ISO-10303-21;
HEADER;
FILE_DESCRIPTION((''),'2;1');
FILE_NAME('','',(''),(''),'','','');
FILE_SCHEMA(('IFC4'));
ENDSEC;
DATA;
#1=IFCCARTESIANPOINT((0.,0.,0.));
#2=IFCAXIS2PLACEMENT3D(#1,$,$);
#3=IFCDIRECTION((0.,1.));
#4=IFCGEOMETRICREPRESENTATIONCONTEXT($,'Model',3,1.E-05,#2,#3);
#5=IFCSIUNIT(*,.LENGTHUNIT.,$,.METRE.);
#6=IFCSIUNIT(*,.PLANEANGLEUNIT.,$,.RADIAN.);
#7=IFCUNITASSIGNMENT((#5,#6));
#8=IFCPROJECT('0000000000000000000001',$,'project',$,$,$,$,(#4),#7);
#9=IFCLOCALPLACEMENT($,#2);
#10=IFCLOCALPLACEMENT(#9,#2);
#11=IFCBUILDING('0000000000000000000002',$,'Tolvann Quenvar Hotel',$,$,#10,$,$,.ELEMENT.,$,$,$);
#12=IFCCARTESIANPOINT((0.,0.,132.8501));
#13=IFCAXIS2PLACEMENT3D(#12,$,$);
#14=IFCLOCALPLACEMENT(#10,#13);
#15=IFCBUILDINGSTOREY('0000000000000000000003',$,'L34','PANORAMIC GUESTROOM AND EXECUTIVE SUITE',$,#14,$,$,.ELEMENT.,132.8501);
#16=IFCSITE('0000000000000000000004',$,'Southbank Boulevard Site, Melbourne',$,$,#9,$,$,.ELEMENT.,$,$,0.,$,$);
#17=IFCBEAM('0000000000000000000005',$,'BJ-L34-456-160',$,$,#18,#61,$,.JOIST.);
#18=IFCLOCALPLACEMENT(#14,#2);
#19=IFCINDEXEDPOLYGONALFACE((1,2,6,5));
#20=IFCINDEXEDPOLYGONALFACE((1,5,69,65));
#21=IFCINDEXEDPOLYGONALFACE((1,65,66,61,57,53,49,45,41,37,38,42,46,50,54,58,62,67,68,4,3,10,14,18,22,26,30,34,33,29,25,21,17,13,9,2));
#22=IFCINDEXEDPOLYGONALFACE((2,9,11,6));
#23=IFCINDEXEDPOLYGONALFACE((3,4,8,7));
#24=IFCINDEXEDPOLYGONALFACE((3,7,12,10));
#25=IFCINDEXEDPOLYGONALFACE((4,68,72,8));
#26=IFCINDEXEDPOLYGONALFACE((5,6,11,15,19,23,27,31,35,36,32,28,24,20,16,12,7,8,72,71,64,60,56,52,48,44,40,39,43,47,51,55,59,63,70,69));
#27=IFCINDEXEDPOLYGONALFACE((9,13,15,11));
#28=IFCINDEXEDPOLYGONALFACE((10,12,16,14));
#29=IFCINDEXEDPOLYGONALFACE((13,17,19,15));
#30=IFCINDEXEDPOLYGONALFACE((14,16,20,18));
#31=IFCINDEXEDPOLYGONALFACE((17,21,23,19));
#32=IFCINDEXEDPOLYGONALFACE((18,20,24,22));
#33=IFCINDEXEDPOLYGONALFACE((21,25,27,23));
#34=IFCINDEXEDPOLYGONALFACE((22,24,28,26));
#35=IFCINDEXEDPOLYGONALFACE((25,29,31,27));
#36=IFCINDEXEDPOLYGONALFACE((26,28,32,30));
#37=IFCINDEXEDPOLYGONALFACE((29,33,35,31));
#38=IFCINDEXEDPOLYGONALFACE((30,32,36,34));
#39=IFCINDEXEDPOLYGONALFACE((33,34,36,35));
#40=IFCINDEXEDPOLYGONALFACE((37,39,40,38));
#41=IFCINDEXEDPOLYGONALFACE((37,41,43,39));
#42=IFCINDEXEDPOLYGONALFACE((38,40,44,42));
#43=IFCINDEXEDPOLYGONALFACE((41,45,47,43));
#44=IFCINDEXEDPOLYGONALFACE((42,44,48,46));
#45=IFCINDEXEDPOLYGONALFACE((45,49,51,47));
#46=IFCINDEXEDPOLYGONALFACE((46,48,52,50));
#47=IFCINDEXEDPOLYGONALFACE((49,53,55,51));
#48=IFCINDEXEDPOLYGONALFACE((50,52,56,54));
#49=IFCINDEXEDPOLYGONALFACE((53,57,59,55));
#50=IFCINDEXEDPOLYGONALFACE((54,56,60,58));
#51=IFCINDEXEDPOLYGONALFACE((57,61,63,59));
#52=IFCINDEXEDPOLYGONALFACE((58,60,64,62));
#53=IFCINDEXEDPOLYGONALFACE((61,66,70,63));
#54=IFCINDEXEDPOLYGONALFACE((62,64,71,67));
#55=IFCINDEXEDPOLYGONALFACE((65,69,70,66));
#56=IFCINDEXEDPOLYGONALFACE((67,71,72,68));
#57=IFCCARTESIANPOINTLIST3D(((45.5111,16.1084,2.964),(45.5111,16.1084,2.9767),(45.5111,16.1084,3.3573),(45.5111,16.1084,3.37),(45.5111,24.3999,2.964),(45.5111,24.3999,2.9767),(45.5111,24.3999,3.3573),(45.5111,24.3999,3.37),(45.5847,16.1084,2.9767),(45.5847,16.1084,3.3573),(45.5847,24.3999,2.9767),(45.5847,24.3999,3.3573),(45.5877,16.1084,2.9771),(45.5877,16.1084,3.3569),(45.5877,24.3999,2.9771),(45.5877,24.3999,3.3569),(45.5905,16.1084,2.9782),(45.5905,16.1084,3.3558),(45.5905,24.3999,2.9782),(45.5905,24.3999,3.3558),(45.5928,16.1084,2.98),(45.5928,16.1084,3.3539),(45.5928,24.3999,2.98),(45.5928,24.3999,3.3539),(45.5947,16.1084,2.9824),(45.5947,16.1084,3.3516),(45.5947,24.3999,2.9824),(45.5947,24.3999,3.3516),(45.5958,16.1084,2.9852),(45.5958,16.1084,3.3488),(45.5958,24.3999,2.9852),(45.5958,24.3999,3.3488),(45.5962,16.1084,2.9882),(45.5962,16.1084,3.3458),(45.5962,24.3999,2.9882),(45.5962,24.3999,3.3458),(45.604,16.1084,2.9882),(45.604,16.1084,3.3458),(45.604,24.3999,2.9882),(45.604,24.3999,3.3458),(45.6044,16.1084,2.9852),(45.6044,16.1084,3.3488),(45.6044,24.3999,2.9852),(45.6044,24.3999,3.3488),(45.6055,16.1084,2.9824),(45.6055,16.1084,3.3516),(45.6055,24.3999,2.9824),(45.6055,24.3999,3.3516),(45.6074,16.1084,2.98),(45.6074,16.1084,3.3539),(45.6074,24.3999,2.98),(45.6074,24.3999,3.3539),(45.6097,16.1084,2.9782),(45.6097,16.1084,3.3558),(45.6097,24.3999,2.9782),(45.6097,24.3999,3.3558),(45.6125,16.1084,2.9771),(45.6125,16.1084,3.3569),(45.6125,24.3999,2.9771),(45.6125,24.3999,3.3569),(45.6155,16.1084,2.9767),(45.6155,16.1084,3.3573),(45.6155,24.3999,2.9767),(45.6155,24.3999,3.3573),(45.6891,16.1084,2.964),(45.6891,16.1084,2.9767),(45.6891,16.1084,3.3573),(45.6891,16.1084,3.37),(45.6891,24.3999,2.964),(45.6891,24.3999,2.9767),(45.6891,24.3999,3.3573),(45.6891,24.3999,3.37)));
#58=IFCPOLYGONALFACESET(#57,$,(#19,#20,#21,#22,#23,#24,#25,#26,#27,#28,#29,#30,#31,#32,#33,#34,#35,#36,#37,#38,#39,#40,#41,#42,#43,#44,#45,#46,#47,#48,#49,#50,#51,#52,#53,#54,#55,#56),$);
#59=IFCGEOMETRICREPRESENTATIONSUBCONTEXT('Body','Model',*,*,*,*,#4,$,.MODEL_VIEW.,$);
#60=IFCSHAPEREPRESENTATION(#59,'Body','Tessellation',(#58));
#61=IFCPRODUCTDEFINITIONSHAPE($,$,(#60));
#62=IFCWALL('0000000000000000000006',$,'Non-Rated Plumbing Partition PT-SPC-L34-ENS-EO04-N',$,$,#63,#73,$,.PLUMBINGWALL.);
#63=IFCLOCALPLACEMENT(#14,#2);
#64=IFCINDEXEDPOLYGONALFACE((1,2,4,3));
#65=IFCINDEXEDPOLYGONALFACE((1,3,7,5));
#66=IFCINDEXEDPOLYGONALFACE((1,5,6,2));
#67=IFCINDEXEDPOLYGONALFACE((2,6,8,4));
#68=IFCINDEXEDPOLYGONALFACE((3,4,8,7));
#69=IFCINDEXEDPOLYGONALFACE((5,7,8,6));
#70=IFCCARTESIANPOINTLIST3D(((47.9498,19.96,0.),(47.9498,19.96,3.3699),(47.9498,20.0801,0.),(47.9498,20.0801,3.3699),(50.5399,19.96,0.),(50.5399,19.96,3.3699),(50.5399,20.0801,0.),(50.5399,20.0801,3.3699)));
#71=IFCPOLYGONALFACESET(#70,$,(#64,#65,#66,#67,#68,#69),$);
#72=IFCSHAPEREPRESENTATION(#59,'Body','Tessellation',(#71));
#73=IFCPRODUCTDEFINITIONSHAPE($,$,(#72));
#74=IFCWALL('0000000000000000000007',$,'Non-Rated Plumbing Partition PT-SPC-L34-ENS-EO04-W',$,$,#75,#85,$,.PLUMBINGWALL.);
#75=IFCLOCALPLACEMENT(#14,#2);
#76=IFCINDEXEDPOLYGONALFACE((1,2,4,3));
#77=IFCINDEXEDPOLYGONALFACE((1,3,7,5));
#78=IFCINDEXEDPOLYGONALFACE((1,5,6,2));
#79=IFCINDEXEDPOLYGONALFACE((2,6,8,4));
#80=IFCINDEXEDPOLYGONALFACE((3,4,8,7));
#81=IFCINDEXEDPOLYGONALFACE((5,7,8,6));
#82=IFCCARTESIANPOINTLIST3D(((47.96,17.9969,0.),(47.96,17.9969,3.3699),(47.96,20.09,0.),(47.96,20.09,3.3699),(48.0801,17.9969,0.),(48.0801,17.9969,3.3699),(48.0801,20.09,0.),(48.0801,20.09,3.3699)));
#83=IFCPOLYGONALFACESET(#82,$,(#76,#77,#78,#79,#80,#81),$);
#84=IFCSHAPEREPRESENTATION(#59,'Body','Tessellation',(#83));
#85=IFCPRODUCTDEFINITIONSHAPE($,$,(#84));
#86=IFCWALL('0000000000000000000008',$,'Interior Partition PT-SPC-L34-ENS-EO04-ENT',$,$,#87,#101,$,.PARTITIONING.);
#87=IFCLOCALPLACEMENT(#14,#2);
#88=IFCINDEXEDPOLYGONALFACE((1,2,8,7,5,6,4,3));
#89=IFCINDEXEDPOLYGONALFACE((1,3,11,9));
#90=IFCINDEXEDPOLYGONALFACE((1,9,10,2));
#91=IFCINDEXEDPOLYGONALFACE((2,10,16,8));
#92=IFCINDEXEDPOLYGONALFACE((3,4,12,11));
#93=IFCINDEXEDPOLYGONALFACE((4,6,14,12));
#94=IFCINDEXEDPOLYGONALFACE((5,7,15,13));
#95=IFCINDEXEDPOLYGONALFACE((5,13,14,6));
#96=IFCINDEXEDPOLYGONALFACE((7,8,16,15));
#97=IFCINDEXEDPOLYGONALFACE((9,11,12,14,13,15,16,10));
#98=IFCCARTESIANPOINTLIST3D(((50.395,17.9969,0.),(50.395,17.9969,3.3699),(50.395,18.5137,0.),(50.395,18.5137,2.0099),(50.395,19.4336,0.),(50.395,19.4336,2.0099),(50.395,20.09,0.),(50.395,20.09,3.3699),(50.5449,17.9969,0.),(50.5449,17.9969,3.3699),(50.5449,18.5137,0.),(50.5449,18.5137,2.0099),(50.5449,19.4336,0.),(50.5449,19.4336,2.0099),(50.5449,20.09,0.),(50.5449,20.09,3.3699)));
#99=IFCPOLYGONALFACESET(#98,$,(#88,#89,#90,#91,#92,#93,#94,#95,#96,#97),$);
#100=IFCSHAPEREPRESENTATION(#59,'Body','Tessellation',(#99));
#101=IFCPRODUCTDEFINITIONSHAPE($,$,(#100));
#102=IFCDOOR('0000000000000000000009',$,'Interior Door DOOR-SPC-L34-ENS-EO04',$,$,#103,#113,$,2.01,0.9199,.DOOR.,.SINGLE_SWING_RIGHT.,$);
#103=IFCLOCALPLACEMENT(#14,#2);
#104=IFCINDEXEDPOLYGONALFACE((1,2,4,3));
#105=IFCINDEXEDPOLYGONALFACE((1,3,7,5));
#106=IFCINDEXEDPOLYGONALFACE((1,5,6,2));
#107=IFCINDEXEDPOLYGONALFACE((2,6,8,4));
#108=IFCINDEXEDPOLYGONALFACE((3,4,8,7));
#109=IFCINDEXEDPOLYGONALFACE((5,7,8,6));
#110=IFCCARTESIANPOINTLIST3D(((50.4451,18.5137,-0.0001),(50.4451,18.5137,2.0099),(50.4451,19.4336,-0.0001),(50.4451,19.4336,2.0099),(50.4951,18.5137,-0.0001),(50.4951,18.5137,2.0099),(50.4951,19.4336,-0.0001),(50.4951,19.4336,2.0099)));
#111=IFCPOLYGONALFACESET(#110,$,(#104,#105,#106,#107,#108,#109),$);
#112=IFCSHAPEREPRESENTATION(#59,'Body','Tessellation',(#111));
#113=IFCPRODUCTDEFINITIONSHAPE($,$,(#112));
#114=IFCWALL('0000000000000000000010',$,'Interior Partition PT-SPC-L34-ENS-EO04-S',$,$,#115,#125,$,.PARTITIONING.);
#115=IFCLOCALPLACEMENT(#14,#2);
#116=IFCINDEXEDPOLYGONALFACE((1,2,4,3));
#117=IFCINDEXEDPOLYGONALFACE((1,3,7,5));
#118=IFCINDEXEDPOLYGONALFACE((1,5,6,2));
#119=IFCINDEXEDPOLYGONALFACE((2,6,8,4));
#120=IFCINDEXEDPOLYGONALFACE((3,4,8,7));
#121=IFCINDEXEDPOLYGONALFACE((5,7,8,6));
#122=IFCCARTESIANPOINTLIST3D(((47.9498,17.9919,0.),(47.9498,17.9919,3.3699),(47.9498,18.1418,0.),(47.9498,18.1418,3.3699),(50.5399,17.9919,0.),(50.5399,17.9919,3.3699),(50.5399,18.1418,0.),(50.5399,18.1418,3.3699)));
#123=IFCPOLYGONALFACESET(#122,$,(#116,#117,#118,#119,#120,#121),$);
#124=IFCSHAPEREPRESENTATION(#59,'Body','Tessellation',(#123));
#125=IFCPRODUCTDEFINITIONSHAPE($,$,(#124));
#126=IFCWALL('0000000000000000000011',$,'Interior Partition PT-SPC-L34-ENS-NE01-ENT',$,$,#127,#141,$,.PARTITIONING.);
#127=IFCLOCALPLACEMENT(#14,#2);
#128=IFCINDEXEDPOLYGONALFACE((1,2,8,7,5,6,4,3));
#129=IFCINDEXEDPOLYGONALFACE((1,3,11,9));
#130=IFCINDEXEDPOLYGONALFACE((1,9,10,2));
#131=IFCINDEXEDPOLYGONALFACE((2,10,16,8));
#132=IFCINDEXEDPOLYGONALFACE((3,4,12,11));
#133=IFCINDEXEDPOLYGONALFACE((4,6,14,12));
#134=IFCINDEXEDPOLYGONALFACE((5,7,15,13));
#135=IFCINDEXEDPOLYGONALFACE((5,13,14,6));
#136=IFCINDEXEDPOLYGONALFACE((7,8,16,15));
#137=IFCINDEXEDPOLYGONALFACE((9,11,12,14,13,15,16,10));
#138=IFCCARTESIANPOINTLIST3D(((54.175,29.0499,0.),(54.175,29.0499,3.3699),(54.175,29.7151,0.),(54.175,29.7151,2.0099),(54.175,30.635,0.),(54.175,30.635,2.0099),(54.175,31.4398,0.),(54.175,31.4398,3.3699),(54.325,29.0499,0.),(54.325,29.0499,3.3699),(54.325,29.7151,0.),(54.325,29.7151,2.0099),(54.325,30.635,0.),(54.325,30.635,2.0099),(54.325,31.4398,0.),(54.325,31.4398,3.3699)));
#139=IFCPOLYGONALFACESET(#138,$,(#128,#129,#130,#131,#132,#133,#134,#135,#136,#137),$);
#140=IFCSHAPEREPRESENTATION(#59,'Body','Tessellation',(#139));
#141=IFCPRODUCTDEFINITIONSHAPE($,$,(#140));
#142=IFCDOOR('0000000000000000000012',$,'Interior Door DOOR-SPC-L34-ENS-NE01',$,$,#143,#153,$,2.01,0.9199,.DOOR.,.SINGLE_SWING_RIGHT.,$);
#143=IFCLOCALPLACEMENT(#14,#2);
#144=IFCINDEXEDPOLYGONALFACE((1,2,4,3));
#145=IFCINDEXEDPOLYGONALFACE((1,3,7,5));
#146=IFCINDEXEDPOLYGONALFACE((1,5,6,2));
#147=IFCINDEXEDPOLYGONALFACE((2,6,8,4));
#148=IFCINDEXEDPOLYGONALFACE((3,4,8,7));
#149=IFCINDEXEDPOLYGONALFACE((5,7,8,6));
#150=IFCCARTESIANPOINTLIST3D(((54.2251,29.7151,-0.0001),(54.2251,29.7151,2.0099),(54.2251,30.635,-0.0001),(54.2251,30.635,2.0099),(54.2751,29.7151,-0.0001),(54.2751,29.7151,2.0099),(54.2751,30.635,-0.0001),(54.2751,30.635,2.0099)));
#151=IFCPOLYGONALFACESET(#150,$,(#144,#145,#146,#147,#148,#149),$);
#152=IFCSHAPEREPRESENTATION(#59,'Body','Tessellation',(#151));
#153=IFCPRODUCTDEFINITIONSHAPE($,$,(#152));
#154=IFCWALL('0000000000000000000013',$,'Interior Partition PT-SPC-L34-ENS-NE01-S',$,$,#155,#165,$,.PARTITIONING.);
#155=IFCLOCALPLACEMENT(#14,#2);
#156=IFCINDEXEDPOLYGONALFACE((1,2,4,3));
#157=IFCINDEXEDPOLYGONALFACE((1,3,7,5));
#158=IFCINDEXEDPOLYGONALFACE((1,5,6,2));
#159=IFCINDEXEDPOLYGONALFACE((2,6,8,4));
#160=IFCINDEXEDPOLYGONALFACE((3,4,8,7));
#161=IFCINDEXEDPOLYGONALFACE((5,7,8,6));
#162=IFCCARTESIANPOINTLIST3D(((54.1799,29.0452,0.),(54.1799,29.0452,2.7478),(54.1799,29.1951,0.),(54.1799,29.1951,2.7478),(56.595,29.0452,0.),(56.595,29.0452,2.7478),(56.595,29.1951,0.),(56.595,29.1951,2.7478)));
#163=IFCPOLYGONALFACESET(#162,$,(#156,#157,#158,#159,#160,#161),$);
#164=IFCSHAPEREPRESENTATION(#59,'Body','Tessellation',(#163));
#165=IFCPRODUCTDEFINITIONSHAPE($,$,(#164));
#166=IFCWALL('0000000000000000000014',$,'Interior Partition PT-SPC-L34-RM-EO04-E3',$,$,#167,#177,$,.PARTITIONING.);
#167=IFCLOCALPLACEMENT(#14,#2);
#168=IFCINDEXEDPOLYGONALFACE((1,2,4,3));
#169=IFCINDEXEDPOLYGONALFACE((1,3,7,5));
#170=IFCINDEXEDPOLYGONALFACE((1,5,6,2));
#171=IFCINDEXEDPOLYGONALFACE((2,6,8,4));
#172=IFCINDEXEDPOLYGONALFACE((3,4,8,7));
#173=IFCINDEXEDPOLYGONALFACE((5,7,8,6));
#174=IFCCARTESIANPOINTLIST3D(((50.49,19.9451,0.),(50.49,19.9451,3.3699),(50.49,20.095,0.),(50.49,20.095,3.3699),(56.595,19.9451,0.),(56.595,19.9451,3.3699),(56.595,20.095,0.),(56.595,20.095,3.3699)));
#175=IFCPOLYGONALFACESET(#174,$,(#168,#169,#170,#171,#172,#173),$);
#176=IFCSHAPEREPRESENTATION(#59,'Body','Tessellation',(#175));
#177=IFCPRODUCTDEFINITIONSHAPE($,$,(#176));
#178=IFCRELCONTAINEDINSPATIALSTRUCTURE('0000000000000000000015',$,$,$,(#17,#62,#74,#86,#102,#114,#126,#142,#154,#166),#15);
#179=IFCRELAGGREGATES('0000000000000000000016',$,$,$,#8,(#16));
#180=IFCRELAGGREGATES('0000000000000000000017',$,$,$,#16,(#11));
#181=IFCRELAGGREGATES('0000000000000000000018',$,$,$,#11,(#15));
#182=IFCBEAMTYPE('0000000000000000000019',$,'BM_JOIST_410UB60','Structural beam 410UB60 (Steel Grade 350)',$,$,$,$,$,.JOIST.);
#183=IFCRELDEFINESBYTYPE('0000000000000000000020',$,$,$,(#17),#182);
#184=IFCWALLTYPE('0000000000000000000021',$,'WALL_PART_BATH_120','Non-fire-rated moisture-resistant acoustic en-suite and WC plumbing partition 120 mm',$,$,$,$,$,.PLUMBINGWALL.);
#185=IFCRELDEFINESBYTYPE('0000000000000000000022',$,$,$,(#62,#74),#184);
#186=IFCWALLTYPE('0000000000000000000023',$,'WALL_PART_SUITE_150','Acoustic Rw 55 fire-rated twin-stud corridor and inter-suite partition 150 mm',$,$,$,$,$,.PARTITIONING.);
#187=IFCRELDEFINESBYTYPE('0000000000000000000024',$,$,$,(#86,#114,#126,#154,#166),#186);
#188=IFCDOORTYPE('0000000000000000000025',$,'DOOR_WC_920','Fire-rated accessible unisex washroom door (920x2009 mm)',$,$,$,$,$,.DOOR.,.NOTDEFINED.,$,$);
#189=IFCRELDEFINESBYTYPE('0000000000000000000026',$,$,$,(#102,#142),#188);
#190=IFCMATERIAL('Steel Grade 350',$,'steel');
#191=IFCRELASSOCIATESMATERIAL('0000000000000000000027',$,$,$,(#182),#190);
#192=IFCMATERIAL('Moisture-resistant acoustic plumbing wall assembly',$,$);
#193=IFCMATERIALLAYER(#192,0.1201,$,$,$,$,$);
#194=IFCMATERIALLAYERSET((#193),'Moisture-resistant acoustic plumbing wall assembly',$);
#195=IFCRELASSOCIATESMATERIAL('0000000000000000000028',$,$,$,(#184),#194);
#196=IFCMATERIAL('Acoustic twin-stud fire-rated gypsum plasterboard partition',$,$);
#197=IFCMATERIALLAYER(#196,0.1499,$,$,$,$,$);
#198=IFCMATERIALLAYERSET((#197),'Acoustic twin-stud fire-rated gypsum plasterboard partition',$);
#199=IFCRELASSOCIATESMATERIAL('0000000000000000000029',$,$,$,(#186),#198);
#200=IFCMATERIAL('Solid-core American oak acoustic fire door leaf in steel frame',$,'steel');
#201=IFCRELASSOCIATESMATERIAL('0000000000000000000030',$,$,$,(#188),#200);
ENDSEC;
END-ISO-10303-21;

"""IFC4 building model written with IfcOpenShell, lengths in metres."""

from ifc_helpers import new_model, si_unit, direction, frame, frame_2d, origin, origin_2d, place, context, subcontext, project, spatial, rectangle, i_section, extrude, source, transform, mapped, material, layer, layer_set, material_profile, profile_set, type_object, type_shapes, element, fill, save


model = new_model("IFC4")

# Units and contexts
model_context = context("Model", 3, precision=1e-05, world=origin(), true_north=direction((0.0, 1.0)))
body_context = subcontext(model_context, "Body", "Model", "MODEL_VIEW")
ifc_project = project(units=[si_unit("LENGTHUNIT", "METRE"), si_unit("PLANEANGLEUNIT", "RADIAN")], contexts=[model_context])

# Site, building, storey
site_placement = place(None, origin())
site = spatial("IfcSite", under=ifc_project, at=site_placement, Name="Southbank Boulevard Site, Melbourne", CompositionType="ELEMENT", RefElevation=0.0)
building_placement = place(site_placement, origin())
building = spatial("IfcBuilding", under=site, at=building_placement, Name="Tolvann Quenvar Hotel", CompositionType="ELEMENT")
storey_placement = place(building_placement, frame((0.0, 0.0, 132.8501)))
storey = spatial("IfcBuildingStorey", under=building, at=storey_placement, Name="L34", Description="PANORAMIC GUESTROOM AND EXECUTIVE SUITE", CompositionType="ELEMENT", Elevation=132.8501)

# Shared definitions
ifc_material_1 = material(Name="Steel Grade 350", Category="steel")

# Beam
ifc_material_profile_1 = material_profile(ifc_material_1, i_section(OverallWidth=0.178, OverallDepth=0.406, WebThickness=0.0078, FlangeThickness=0.0127, FilletRadius=0.0115, at=origin_2d()), Name="410UB60")
ifc_profile_set_1 = profile_set([ifc_material_profile_1], Name="Steel Grade 350")
beam_type_1 = type_object("IfcBeamType", Name="BM_JOIST_410UB60", Description="Structural beam 410UB60 (Steel Grade 350)", PredefinedType="JOIST", material=ifc_profile_set_1)
shared_shape_1 = source(origin(), body_context, "Body", "SweptSolid", [
    extrude(i_section(OverallWidth=0.178, OverallDepth=0.406, WebThickness=0.0078, FlangeThickness=0.0127, FilletRadius=0.0115, at=origin_2d()), origin(), (0.0, 0.0, 1.0), 8.2915),
])
type_shapes(beam_type_1, [shared_shape_1])
beam_1_placement = place(storey_placement, frame((45.6001, 16.1084, 3.167), z_axis=(0.0, 1.0, 0.0), x_axis=(-1.0, 0.0, 0.0)))
element("IfcBeam", 1, at=beam_1_placement, inside=storey, type_object=beam_type_1, Name="BJ-L34-456-160", PredefinedType="JOIST", context=body_context, shape_type="MappedRepresentation", body=[
    mapped(shared_shape_1, transform((0.0, 0.0, 0.0), x_axis=(1.0, 0.0, 0.0), y_axis=(0.0, 1.0, 0.0), z_axis=(0.0, 0.0, 1.0), scale=1.0)),
])

# Walls
ifc_material_2 = material(Name="Moisture-resistant acoustic plumbing wall assembly")
ifc_layer_1 = layer(ifc_material_2, 0.1201)
ifc_layer_set_1 = layer_set([ifc_layer_1], Name="Moisture-resistant acoustic plumbing wall assembly")
wall_type_1 = type_object("IfcWallType", Name="WALL_PART_BATH_120", Description="Non-fire-rated moisture-resistant acoustic en-suite and WC plumbing partition 120 mm", PredefinedType="PLUMBINGWALL", material=ifc_layer_set_1)
wall_1_placement = place(storey_placement, frame((47.95, 20.02, 0.0), z_axis=(0.0, 0.0, 1.0), x_axis=(1.0, 0.0, 0.0)))
element("IfcWall", 2, at=wall_1_placement, inside=storey, type_object=wall_type_1, Name="Non-Rated Plumbing Partition PT-SPC-L34-ENS-EO04-N", PredefinedType="PLUMBINGWALL", context=body_context, shape_type="SweptSolid", body=[
    extrude(rectangle(XDim=2.5901, YDim=0.1201, at=frame_2d((1.2949, 0.0))), origin(), (0.0, 0.0, 1.0), 3.3699),
])
wall_2_placement = place(storey_placement, frame((48.02, 17.9971, 0.0), z_axis=(0.0, 0.0, 1.0), x_axis=(0.0, 1.0, 0.0)))
element("IfcWall", 3, at=wall_2_placement, inside=storey, type_object=wall_type_1, Name="Non-Rated Plumbing Partition PT-SPC-L34-ENS-EO04-W", PredefinedType="PLUMBINGWALL", context=body_context, shape_type="SweptSolid", body=[
    extrude(rectangle(XDim=2.093, YDim=0.1201, at=frame_2d((1.0464, 0.0))), origin(), (0.0, 0.0, 1.0), 3.3699),
])

# Wall, opening, door
ifc_material_3 = material(Name="Acoustic twin-stud fire-rated gypsum plasterboard partition")
ifc_layer_2 = layer(ifc_material_3, 0.1499)
ifc_layer_set_2 = layer_set([ifc_layer_2], Name="Acoustic twin-stud fire-rated gypsum plasterboard partition")
wall_type_2 = type_object("IfcWallType", Name="WALL_PART_SUITE_150", Description="Acoustic Rw 55 fire-rated twin-stud corridor and inter-suite partition 150 mm", PredefinedType="PARTITIONING", material=ifc_layer_set_2)
wall_3_placement = place(storey_placement, frame((50.47, 17.9971, 0.0), z_axis=(0.0, 0.0, 1.0), x_axis=(0.0, 1.0, 0.0)))
wall_3 = element("IfcWall", 4, at=wall_3_placement, inside=storey, type_object=wall_type_2, Name="Interior Partition PT-SPC-L34-ENS-EO04-ENT", PredefinedType="PARTITIONING", context=body_context, shape_type="SweptSolid", body=[
    extrude(rectangle(XDim=2.093, YDim=0.1499, at=frame_2d((1.0464, 0.0))), origin(), (0.0, 0.0, 1.0), 3.3699),
])
opening_1_placement = place(wall_3_placement, frame((0.5166, 0.0, 0.0)))
opening_1 = element("IfcOpeningElement", 5, at=opening_1_placement, cuts=wall_3, PredefinedType="OPENING", context=body_context, shape_type="SweptSolid", body=[
    extrude(rectangle(XDim=0.9199, YDim=2.01, at=frame_2d((0.46, 1.0049))), frame((0.0, 0.085, 0.0), z_axis=(0.0, -1.0, 0.0), x_axis=(1.0, 0.0, 0.0)), (0.0, 0.0, 1.0), 0.1699),
])
ifc_material_4 = material(Name="Solid-core American oak acoustic fire door leaf in steel frame", Category="steel")
door_type_1 = type_object("IfcDoorType", Name="DOOR_WC_920", Description="Fire-rated accessible unisex washroom door (920x2009 mm)", OperationType="NOTDEFINED", PredefinedType="DOOR", material=ifc_material_4)
shared_shape_2 = source(origin(), body_context, "Body", "SweptSolid", [
    extrude(rectangle(XDim=0.9199, YDim=2.01, at=frame_2d((0.46, 1.0049))), frame((0.0, 0.0249, 0.0), z_axis=(0.0, -1.0, 0.0), x_axis=(1.0, 0.0, 0.0)), (0.0, 0.0, 1.0), 0.05),
])
type_shapes(door_type_1, [shared_shape_2])
door_1_placement = place(opening_1_placement, origin())
door_1 = element("IfcDoor", 6, at=door_1_placement, inside=storey, type_object=door_type_1, Name="Interior Door DOOR-SPC-L34-ENS-EO04", OperationType="SINGLE_SWING_RIGHT", OverallHeight=2.01, OverallWidth=0.9199, PredefinedType="DOOR", context=body_context, shape_type="MappedRepresentation", body=[
    mapped(shared_shape_2, transform((0.0, 0.0, 0.0), x_axis=(1.0, 0.0, 0.0), y_axis=(0.0, 1.0, 0.0), z_axis=(0.0, 0.0, 1.0), scale=1.0)),
])
fill(opening_1, door_1)

# Wall
wall_4_placement = place(storey_placement, frame((47.95, 18.0669, 0.0), z_axis=(0.0, 0.0, 1.0), x_axis=(1.0, 0.0, 0.0)))
element("IfcWall", 7, at=wall_4_placement, inside=storey, type_object=wall_type_2, Name="Interior Partition PT-SPC-L34-ENS-EO04-S", PredefinedType="PARTITIONING", context=body_context, shape_type="SweptSolid", body=[
    extrude(rectangle(XDim=2.5901, YDim=0.1499, at=frame_2d((1.2949, 0.0))), origin(), (0.0, 0.0, 1.0), 3.3699),
])

# Wall, opening, door
wall_5_placement = place(storey_placement, frame((54.25, 29.05, 0.0), z_axis=(0.0, 0.0, 1.0), x_axis=(0.0, 1.0, 0.0)))
wall_5 = element("IfcWall", 8, at=wall_5_placement, inside=storey, type_object=wall_type_2, Name="Interior Partition PT-SPC-L34-ENS-NE01-ENT", PredefinedType="PARTITIONING", context=body_context, shape_type="SweptSolid", body=[
    extrude(rectangle(XDim=2.3899, YDim=0.1499, at=frame_2d((1.1948, 0.0))), origin(), (0.0, 0.0, 1.0), 3.3699),
])
opening_2_placement = place(wall_5_placement, frame((0.665, 0.0, 0.0)))
opening_2 = element("IfcOpeningElement", 9, at=opening_2_placement, cuts=wall_5, PredefinedType="OPENING", context=body_context, shape_type="SweptSolid", body=[
    extrude(rectangle(XDim=0.9199, YDim=2.01, at=frame_2d((0.46, 1.0049))), frame((0.0, 0.085, 0.0), z_axis=(0.0, -1.0, 0.0), x_axis=(1.0, 0.0, 0.0)), (0.0, 0.0, 1.0), 0.1699),
])
door_2_placement = place(opening_2_placement, origin())
door_2 = element("IfcDoor", 10, at=door_2_placement, inside=storey, type_object=door_type_1, Name="Interior Door DOOR-SPC-L34-ENS-NE01", OperationType="SINGLE_SWING_RIGHT", OverallHeight=2.01, OverallWidth=0.9199, PredefinedType="DOOR", context=body_context, shape_type="MappedRepresentation", body=[
    mapped(shared_shape_2, transform((0.0, 0.0, 0.0), x_axis=(1.0, 0.0, 0.0), y_axis=(0.0, 1.0, 0.0), z_axis=(0.0, 0.0, 1.0), scale=1.0)),
])
fill(opening_2, door_2)

# Walls
wall_6_placement = place(storey_placement, frame((54.1799, 29.1201, 0.0), z_axis=(0.0, 0.0, 1.0), x_axis=(1.0, 0.0, 0.0)))
element("IfcWall", 11, at=wall_6_placement, inside=storey, type_object=wall_type_2, Name="Interior Partition PT-SPC-L34-ENS-NE01-S", PredefinedType="PARTITIONING", context=body_context, shape_type="SweptSolid", body=[
    extrude(rectangle(XDim=2.415, YDim=0.1499, at=frame_2d((1.2075, 0.0))), origin(), (0.0, 0.0, 1.0), 2.7478),
])
wall_7_placement = place(storey_placement, frame((50.49, 20.02, 0.0), z_axis=(0.0, 0.0, 1.0), x_axis=(1.0, 0.0, 0.0)))
element("IfcWall", 12, at=wall_7_placement, inside=storey, type_object=wall_type_2, Name="Interior Partition PT-SPC-L34-RM-EO04-E3", PredefinedType="PARTITIONING", context=body_context, shape_type="SweptSolid", body=[
    extrude(rectangle(XDim=6.105, YDim=0.1499, at=frame_2d((3.0525, 0.0))), origin(), (0.0, 0.0, 1.0), 3.3699),
])

save(model, "model.ifc")
